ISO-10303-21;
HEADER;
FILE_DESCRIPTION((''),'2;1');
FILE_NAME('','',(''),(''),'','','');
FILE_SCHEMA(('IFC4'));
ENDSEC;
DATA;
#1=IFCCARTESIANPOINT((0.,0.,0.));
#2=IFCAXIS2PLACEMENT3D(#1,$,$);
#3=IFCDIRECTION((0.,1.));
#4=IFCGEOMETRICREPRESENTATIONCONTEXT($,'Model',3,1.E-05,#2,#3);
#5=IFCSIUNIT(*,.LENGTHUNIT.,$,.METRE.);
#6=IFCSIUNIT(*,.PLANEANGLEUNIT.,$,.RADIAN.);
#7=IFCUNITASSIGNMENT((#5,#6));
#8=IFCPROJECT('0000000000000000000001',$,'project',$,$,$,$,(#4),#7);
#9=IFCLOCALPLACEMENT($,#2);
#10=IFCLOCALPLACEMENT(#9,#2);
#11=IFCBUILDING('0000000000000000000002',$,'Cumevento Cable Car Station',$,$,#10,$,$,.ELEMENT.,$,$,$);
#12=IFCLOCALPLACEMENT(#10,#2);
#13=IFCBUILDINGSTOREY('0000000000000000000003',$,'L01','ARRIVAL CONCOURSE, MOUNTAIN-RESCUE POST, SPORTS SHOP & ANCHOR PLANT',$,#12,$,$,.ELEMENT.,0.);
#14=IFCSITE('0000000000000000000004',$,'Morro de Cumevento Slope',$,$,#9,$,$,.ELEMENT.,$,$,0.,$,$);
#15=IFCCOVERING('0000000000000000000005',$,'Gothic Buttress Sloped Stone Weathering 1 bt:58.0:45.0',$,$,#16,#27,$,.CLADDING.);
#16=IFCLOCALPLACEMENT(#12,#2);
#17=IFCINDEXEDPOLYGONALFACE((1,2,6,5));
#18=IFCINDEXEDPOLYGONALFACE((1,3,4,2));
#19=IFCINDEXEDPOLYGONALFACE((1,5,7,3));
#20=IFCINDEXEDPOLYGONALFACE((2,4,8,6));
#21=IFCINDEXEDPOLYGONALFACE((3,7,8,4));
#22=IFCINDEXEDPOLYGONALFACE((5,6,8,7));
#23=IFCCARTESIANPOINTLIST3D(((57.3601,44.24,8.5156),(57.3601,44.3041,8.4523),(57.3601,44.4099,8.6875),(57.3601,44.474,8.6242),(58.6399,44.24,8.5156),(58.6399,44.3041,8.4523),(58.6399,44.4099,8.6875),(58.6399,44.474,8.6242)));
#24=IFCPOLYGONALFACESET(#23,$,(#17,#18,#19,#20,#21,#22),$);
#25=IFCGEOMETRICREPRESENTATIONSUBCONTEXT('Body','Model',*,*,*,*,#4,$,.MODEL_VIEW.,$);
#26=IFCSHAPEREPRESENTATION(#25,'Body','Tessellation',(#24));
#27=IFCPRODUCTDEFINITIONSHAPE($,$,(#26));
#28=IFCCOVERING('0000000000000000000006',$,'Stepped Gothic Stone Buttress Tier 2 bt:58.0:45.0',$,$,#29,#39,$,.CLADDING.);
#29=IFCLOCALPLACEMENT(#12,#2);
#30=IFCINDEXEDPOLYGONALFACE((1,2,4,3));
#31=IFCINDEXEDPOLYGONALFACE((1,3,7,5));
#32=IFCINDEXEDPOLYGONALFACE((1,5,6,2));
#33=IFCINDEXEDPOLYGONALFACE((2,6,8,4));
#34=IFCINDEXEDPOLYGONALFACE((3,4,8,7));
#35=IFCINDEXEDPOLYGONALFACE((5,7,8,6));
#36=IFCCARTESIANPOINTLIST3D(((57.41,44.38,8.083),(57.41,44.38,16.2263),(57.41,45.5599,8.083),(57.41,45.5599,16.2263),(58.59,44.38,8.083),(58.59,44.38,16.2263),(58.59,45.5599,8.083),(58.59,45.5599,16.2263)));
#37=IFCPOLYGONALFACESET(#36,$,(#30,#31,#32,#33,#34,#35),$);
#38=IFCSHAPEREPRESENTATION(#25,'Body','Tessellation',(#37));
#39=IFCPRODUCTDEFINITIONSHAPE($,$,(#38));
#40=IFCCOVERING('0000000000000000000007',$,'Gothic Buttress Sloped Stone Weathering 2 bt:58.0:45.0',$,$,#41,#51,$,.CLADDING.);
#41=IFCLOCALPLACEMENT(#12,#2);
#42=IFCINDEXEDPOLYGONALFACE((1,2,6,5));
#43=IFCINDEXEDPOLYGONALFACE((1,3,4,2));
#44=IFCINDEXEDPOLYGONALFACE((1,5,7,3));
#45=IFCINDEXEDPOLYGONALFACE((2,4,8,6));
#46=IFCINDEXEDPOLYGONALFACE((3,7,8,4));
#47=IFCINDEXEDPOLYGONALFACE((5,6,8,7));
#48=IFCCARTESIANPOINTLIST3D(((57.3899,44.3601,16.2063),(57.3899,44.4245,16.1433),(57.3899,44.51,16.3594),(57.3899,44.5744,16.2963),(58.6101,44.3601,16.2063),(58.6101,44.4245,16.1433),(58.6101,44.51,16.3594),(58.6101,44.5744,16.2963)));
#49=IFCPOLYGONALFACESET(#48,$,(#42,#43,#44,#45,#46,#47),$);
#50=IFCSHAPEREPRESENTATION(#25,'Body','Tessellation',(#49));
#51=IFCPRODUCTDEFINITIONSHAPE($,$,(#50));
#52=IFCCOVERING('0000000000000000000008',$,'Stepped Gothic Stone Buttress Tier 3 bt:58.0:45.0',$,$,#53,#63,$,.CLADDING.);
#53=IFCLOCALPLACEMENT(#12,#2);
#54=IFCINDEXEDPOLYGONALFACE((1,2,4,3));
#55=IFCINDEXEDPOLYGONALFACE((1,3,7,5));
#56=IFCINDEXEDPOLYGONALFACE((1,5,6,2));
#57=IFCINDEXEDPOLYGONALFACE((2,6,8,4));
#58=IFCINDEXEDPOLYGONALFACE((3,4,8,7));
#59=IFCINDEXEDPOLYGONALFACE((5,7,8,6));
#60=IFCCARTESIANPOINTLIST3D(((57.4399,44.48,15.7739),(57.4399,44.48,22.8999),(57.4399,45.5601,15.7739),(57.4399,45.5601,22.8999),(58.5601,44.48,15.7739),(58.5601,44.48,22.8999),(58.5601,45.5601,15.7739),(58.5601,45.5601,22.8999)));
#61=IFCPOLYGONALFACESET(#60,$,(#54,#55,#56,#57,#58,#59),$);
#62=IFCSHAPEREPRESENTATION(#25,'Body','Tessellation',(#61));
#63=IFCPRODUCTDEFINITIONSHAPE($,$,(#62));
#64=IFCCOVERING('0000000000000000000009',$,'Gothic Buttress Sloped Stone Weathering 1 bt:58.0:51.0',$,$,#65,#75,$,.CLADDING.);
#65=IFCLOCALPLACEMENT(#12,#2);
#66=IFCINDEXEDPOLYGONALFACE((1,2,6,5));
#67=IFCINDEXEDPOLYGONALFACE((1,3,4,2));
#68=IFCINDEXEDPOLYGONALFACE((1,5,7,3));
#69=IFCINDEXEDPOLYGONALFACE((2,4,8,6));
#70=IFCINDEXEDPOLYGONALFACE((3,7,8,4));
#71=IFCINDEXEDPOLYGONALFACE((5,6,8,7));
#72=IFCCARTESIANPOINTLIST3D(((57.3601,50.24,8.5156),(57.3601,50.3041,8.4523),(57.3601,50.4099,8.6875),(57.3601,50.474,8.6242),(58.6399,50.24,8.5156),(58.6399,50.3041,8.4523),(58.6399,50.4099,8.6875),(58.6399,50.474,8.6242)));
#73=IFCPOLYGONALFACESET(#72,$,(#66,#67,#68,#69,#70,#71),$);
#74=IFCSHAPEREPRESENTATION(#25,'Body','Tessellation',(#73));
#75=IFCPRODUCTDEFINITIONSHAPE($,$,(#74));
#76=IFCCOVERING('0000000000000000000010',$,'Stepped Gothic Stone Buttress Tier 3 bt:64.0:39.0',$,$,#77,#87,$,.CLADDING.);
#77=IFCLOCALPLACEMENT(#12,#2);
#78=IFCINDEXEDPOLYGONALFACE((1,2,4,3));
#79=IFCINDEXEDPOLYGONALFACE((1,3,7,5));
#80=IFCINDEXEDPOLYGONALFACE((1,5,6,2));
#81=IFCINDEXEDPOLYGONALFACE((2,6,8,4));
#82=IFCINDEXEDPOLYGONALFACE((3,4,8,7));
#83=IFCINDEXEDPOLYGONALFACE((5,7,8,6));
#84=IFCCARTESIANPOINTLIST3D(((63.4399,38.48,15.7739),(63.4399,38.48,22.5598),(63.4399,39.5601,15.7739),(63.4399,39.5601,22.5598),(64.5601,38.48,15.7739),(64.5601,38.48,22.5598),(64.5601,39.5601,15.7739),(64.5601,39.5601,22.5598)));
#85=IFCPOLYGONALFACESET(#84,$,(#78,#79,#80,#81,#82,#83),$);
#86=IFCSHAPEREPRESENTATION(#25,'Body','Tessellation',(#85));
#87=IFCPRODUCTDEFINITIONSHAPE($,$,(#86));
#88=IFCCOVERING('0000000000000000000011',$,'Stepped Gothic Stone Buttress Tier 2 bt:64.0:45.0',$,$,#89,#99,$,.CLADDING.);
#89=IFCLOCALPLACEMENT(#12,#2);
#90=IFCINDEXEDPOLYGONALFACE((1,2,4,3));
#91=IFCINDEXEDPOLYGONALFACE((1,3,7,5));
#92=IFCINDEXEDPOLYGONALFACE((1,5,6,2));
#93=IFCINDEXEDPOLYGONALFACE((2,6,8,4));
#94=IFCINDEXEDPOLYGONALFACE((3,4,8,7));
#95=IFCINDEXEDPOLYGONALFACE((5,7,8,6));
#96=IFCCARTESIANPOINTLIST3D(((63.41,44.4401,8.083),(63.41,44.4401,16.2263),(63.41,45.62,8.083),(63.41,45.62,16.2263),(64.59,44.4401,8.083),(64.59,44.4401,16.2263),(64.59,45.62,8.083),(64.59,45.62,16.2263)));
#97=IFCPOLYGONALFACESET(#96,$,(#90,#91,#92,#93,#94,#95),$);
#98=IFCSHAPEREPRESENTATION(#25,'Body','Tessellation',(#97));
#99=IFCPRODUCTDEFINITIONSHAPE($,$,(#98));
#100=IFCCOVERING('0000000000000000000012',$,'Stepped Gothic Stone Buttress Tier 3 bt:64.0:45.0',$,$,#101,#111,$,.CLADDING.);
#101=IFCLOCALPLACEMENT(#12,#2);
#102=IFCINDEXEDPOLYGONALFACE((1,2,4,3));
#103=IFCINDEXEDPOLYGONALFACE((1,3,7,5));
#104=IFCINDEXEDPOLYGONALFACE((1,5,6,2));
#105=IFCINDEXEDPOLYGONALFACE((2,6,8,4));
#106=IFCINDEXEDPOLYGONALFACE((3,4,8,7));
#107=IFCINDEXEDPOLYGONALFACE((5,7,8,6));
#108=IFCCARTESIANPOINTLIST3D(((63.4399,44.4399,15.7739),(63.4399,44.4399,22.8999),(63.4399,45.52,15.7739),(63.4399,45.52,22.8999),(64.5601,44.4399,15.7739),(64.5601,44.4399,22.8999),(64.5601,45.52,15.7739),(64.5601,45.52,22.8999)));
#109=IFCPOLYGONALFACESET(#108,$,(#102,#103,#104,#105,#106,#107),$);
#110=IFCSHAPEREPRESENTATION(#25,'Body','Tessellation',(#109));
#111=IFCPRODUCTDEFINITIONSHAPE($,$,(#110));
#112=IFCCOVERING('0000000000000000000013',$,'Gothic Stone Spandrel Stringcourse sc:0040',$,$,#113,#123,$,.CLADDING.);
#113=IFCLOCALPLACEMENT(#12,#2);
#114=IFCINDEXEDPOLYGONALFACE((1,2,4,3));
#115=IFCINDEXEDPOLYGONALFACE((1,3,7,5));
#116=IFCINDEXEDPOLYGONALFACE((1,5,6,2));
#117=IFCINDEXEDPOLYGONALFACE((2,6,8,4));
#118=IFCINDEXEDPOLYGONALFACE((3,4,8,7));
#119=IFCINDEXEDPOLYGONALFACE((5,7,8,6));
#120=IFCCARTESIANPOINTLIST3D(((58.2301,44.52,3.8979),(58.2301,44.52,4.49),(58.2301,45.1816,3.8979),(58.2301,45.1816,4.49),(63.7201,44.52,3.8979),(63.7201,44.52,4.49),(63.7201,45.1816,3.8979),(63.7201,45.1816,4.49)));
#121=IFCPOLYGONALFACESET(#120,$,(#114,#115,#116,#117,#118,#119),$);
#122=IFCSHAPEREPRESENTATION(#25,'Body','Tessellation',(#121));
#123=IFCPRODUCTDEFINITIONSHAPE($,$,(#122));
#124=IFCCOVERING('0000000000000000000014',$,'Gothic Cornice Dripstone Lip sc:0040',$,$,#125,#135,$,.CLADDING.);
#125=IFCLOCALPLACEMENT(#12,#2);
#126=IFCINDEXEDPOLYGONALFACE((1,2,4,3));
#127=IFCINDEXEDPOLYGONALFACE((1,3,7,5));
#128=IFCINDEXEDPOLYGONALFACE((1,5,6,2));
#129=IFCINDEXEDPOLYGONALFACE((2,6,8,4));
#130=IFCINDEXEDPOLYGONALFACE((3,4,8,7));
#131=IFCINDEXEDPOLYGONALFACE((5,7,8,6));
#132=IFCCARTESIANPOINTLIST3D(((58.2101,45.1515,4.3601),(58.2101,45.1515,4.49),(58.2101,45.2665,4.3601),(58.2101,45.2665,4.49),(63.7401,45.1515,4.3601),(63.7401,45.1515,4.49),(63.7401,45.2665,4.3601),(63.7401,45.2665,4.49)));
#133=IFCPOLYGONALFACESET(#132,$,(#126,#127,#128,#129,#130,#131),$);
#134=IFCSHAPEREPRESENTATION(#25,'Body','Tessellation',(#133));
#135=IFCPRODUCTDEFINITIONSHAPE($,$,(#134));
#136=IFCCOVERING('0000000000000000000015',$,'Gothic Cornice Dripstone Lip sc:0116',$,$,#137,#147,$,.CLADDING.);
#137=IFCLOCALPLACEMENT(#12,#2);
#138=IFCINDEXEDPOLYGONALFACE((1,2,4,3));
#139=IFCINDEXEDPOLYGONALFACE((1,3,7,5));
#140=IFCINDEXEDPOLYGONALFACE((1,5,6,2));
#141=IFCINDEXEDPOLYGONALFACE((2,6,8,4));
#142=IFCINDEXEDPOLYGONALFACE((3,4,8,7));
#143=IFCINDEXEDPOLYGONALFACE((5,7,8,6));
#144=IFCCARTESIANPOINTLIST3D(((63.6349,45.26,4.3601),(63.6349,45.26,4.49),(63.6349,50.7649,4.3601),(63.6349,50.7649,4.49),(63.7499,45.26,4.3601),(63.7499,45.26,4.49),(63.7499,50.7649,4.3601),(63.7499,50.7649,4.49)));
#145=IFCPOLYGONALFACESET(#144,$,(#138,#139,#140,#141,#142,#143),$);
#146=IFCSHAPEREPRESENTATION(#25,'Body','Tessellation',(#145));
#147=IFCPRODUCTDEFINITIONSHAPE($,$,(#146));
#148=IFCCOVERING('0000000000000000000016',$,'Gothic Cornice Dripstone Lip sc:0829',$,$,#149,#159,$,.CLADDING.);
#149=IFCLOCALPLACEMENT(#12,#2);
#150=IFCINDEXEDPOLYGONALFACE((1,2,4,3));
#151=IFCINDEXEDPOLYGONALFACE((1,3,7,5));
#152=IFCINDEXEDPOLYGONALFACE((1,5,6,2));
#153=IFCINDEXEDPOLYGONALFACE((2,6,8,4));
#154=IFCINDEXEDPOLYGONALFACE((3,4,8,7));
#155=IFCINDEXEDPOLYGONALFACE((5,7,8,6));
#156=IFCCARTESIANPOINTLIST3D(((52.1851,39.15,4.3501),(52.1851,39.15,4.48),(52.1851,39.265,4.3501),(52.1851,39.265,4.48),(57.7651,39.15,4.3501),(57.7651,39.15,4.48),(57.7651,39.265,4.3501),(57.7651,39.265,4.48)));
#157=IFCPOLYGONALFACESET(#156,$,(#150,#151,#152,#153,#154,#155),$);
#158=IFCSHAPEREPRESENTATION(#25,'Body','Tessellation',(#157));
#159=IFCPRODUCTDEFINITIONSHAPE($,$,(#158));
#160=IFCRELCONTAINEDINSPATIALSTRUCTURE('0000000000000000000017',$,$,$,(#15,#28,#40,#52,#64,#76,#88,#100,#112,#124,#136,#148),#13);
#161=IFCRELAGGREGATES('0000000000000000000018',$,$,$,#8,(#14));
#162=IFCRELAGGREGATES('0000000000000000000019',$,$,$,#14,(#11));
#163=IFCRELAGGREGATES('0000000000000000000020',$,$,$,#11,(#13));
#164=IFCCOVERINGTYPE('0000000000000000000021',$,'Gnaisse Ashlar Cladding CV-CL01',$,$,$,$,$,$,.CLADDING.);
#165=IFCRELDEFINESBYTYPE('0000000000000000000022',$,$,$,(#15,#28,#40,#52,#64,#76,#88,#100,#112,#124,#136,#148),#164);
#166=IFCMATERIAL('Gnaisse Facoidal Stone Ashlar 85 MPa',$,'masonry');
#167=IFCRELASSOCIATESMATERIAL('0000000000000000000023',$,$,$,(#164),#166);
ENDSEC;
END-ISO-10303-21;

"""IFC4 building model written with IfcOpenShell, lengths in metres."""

from ifc_helpers import new_model, si_unit, direction, frame, origin, origin_2d, place, context, subcontext, project, spatial, polyline, rectangle, outline, extrude, material, type_object, element, save


model = new_model("IFC4")

# Units and contexts
model_context = context("Model", 3, precision=1e-05, world=origin(), true_north=direction((0.0, 1.0)))
body_context = subcontext(model_context, "Body", "Model", "MODEL_VIEW")
ifc_project = project(units=[si_unit("LENGTHUNIT", "METRE"), si_unit("PLANEANGLEUNIT", "RADIAN")], contexts=[model_context])

# Site, building, storey
site_placement = place(None, origin())
site = spatial("IfcSite", under=ifc_project, at=site_placement, Name="Morro de Cumevento Slope", CompositionType="ELEMENT", RefElevation=0.0)
building_placement = place(site_placement, origin())
building = spatial("IfcBuilding", under=site, at=building_placement, Name="Cumevento Cable Car Station", CompositionType="ELEMENT")
storey_placement = place(building_placement, origin())
storey = spatial("IfcBuildingStorey", under=building, at=storey_placement, Name="L01", Description="ARRIVAL CONCOURSE, MOUNTAIN-RESCUE POST, SPORTS SHOP & ANCHOR PLANT", CompositionType="ELEMENT", Elevation=0.0)

# Coverings
ifc_material_1 = material(Name="Gnaisse Facoidal Stone Ashlar 85 MPa", Category="masonry")
covering_type = type_object("IfcCoveringType", Name="Gnaisse Ashlar Cladding CV-CL01", PredefinedType="CLADDING", material=ifc_material_1)
covering_1_placement = place(storey_placement, frame((57.3601, 44.24, 8.5156), z_axis=(0.0, -0.711136, 0.703055), x_axis=(1.0, 0.0, 0.0)))
element("IfcCovering", 1, at=covering_1_placement, inside=storey, type_object=covering_type, Name="Gothic Buttress Sloped Stone Weathering 1 bt:58.0:45.0", PredefinedType="CLADDING", context=body_context, shape_type="SweptSolid", body=[
    extrude(outline(polyline([(0.0, 0.0), (1.2798, 0.0), (1.2798, 0.2417), (0.0, 0.2417), (0.0, 0.0)])), origin(), (0.0, 0.0, -1.0), 0.0901),
])
covering_2_placement = place(storey_placement, frame((58.0, 44.97, 8.083), z_axis=(0.0, 0.0, 1.0), x_axis=(1.0, 0.0, 0.0)))
element("IfcCovering", 2, at=covering_2_placement, inside=storey, type_object=covering_type, Name="Stepped Gothic Stone Buttress Tier 2 bt:58.0:45.0", PredefinedType="CLADDING", context=body_context, shape_type="SweptSolid", body=[
    extrude(rectangle(XDim=1.1799, YDim=1.1799, at=origin_2d()), origin(), (0.0, 0.0, 1.0), 8.1433),
])
covering_3_placement = place(storey_placement, frame((57.3899, 44.3601, 16.2063), z_axis=(0.0, -0.714475, 0.699661), x_axis=(1.0, 0.0, 0.0)))
element("IfcCovering", 3, at=covering_3_placement, inside=storey, type_object=covering_type, Name="Gothic Buttress Sloped Stone Weathering 2 bt:58.0:45.0", PredefinedType="CLADDING", context=body_context, shape_type="SweptSolid", body=[
    extrude(outline(polyline([(0.0, 0.0), (1.2202, 0.0), (1.2202, 0.2142), (0.0, 0.2142), (0.0, 0.0)])), origin(), (0.0, 0.0, -1.0), 0.0901),
])
covering_4_placement = place(storey_placement, frame((58.0, 45.02, 15.7739), z_axis=(0.0, 0.0, 1.0), x_axis=(1.0, 0.0, 0.0)))
element("IfcCovering", 4, at=covering_4_placement, inside=storey, type_object=covering_type, Name="Stepped Gothic Stone Buttress Tier 3 bt:58.0:45.0", PredefinedType="CLADDING", context=body_context, shape_type="SweptSolid", body=[
    extrude(rectangle(XDim=1.1201, YDim=1.0801, at=origin_2d()), origin(), (0.0, 0.0, 1.0), 7.126),
])
covering_5_placement = place(storey_placement, frame((57.3601, 50.24, 8.5156), z_axis=(0.0, -0.711136, 0.703055), x_axis=(1.0, 0.0, 0.0)))
element("IfcCovering", 5, at=covering_5_placement, inside=storey, type_object=covering_type, Name="Gothic Buttress Sloped Stone Weathering 1 bt:58.0:51.0", PredefinedType="CLADDING", context=body_context, shape_type="SweptSolid", body=[
    extrude(outline(polyline([(0.0, 0.0), (1.2798, 0.0), (1.2798, 0.2417), (0.0, 0.2417), (0.0, 0.0)])), origin(), (0.0, 0.0, -1.0), 0.0901),
])
covering_6_placement = place(storey_placement, frame((64.0, 39.02, 15.7739), z_axis=(0.0, 0.0, 1.0), x_axis=(1.0, 0.0, 0.0)))
element("IfcCovering", 6, at=covering_6_placement, inside=storey, type_object=covering_type, Name="Stepped Gothic Stone Buttress Tier 3 bt:64.0:39.0", PredefinedType="CLADDING", context=body_context, shape_type="SweptSolid", body=[
    extrude(rectangle(XDim=1.1201, YDim=1.0801, at=origin_2d()), origin(), (0.0, 0.0, 1.0), 6.7859),
])
covering_7_placement = place(storey_placement, frame((64.0, 45.03, 8.083), z_axis=(0.0, 0.0, 1.0), x_axis=(-1.0, 0.0, 0.0)))
element("IfcCovering", 7, at=covering_7_placement, inside=storey, type_object=covering_type, Name="Stepped Gothic Stone Buttress Tier 2 bt:64.0:45.0", PredefinedType="CLADDING", context=body_context, shape_type="SweptSolid", body=[
    extrude(rectangle(XDim=1.1799, YDim=1.1799, at=origin_2d()), origin(), (0.0, 0.0, 1.0), 8.1433),
])
covering_8_placement = place(storey_placement, frame((64.0, 44.98, 15.7739), z_axis=(0.0, 0.0, 1.0), x_axis=(-1.0, 0.0, 0.0)))
element("IfcCovering", 8, at=covering_8_placement, inside=storey, type_object=covering_type, Name="Stepped Gothic Stone Buttress Tier 3 bt:64.0:45.0", PredefinedType="CLADDING", context=body_context, shape_type="SweptSolid", body=[
    extrude(rectangle(XDim=1.1201, YDim=1.0801, at=origin_2d()), origin(), (0.0, 0.0, 1.0), 7.126),
])
covering_9_placement = place(storey_placement, frame((60.9751, 44.8508, 3.8979), z_axis=(0.0, 0.0, 1.0), x_axis=(1.0, 0.0, 0.0)))
element("IfcCovering", 9, at=covering_9_placement, inside=storey, type_object=covering_type, Name="Gothic Stone Spandrel Stringcourse sc:0040", PredefinedType="CLADDING", context=body_context, shape_type="SweptSolid", body=[
    extrude(rectangle(XDim=5.49, YDim=0.6616, at=origin_2d()), origin(), (0.0, 0.0, 1.0), 0.592),
])
covering_10_placement = place(storey_placement, frame((60.9751, 45.209, 4.3601), z_axis=(0.0, 0.0, 1.0), x_axis=(1.0, 0.0, 0.0)))
element("IfcCovering", 10, at=covering_10_placement, inside=storey, type_object=covering_type, Name="Gothic Cornice Dripstone Lip sc:0040", PredefinedType="CLADDING", context=body_context, shape_type="SweptSolid", body=[
    extrude(rectangle(XDim=5.53, YDim=0.115, at=origin_2d()), origin(), (0.0, 0.0, 1.0), 0.1299),
])
covering_11_placement = place(storey_placement, frame((63.6924, 48.0125, 4.3601), z_axis=(0.0, 0.0, 1.0), x_axis=(0.0, 1.0, 0.0)))
element("IfcCovering", 11, at=covering_11_placement, inside=storey, type_object=covering_type, Name="Gothic Cornice Dripstone Lip sc:0116", PredefinedType="CLADDING", context=body_context, shape_type="SweptSolid", body=[
    extrude(rectangle(XDim=5.5049, YDim=0.115, at=origin_2d()), origin(), (0.0, 0.0, 1.0), 0.1299),
])
covering_12_placement = place(storey_placement, frame((54.9751, 39.2075, 4.3501), z_axis=(0.0, 0.0, 1.0), x_axis=(1.0, 0.0, 0.0)))
element("IfcCovering", 12, at=covering_12_placement, inside=storey, type_object=covering_type, Name="Gothic Cornice Dripstone Lip sc:0829", PredefinedType="CLADDING", context=body_context, shape_type="SweptSolid", body=[
    extrude(rectangle(XDim=5.5801, YDim=0.115, at=origin_2d()), origin(), (0.0, 0.0, 1.0), 0.1299),
])

save(model, "model.ifc")
